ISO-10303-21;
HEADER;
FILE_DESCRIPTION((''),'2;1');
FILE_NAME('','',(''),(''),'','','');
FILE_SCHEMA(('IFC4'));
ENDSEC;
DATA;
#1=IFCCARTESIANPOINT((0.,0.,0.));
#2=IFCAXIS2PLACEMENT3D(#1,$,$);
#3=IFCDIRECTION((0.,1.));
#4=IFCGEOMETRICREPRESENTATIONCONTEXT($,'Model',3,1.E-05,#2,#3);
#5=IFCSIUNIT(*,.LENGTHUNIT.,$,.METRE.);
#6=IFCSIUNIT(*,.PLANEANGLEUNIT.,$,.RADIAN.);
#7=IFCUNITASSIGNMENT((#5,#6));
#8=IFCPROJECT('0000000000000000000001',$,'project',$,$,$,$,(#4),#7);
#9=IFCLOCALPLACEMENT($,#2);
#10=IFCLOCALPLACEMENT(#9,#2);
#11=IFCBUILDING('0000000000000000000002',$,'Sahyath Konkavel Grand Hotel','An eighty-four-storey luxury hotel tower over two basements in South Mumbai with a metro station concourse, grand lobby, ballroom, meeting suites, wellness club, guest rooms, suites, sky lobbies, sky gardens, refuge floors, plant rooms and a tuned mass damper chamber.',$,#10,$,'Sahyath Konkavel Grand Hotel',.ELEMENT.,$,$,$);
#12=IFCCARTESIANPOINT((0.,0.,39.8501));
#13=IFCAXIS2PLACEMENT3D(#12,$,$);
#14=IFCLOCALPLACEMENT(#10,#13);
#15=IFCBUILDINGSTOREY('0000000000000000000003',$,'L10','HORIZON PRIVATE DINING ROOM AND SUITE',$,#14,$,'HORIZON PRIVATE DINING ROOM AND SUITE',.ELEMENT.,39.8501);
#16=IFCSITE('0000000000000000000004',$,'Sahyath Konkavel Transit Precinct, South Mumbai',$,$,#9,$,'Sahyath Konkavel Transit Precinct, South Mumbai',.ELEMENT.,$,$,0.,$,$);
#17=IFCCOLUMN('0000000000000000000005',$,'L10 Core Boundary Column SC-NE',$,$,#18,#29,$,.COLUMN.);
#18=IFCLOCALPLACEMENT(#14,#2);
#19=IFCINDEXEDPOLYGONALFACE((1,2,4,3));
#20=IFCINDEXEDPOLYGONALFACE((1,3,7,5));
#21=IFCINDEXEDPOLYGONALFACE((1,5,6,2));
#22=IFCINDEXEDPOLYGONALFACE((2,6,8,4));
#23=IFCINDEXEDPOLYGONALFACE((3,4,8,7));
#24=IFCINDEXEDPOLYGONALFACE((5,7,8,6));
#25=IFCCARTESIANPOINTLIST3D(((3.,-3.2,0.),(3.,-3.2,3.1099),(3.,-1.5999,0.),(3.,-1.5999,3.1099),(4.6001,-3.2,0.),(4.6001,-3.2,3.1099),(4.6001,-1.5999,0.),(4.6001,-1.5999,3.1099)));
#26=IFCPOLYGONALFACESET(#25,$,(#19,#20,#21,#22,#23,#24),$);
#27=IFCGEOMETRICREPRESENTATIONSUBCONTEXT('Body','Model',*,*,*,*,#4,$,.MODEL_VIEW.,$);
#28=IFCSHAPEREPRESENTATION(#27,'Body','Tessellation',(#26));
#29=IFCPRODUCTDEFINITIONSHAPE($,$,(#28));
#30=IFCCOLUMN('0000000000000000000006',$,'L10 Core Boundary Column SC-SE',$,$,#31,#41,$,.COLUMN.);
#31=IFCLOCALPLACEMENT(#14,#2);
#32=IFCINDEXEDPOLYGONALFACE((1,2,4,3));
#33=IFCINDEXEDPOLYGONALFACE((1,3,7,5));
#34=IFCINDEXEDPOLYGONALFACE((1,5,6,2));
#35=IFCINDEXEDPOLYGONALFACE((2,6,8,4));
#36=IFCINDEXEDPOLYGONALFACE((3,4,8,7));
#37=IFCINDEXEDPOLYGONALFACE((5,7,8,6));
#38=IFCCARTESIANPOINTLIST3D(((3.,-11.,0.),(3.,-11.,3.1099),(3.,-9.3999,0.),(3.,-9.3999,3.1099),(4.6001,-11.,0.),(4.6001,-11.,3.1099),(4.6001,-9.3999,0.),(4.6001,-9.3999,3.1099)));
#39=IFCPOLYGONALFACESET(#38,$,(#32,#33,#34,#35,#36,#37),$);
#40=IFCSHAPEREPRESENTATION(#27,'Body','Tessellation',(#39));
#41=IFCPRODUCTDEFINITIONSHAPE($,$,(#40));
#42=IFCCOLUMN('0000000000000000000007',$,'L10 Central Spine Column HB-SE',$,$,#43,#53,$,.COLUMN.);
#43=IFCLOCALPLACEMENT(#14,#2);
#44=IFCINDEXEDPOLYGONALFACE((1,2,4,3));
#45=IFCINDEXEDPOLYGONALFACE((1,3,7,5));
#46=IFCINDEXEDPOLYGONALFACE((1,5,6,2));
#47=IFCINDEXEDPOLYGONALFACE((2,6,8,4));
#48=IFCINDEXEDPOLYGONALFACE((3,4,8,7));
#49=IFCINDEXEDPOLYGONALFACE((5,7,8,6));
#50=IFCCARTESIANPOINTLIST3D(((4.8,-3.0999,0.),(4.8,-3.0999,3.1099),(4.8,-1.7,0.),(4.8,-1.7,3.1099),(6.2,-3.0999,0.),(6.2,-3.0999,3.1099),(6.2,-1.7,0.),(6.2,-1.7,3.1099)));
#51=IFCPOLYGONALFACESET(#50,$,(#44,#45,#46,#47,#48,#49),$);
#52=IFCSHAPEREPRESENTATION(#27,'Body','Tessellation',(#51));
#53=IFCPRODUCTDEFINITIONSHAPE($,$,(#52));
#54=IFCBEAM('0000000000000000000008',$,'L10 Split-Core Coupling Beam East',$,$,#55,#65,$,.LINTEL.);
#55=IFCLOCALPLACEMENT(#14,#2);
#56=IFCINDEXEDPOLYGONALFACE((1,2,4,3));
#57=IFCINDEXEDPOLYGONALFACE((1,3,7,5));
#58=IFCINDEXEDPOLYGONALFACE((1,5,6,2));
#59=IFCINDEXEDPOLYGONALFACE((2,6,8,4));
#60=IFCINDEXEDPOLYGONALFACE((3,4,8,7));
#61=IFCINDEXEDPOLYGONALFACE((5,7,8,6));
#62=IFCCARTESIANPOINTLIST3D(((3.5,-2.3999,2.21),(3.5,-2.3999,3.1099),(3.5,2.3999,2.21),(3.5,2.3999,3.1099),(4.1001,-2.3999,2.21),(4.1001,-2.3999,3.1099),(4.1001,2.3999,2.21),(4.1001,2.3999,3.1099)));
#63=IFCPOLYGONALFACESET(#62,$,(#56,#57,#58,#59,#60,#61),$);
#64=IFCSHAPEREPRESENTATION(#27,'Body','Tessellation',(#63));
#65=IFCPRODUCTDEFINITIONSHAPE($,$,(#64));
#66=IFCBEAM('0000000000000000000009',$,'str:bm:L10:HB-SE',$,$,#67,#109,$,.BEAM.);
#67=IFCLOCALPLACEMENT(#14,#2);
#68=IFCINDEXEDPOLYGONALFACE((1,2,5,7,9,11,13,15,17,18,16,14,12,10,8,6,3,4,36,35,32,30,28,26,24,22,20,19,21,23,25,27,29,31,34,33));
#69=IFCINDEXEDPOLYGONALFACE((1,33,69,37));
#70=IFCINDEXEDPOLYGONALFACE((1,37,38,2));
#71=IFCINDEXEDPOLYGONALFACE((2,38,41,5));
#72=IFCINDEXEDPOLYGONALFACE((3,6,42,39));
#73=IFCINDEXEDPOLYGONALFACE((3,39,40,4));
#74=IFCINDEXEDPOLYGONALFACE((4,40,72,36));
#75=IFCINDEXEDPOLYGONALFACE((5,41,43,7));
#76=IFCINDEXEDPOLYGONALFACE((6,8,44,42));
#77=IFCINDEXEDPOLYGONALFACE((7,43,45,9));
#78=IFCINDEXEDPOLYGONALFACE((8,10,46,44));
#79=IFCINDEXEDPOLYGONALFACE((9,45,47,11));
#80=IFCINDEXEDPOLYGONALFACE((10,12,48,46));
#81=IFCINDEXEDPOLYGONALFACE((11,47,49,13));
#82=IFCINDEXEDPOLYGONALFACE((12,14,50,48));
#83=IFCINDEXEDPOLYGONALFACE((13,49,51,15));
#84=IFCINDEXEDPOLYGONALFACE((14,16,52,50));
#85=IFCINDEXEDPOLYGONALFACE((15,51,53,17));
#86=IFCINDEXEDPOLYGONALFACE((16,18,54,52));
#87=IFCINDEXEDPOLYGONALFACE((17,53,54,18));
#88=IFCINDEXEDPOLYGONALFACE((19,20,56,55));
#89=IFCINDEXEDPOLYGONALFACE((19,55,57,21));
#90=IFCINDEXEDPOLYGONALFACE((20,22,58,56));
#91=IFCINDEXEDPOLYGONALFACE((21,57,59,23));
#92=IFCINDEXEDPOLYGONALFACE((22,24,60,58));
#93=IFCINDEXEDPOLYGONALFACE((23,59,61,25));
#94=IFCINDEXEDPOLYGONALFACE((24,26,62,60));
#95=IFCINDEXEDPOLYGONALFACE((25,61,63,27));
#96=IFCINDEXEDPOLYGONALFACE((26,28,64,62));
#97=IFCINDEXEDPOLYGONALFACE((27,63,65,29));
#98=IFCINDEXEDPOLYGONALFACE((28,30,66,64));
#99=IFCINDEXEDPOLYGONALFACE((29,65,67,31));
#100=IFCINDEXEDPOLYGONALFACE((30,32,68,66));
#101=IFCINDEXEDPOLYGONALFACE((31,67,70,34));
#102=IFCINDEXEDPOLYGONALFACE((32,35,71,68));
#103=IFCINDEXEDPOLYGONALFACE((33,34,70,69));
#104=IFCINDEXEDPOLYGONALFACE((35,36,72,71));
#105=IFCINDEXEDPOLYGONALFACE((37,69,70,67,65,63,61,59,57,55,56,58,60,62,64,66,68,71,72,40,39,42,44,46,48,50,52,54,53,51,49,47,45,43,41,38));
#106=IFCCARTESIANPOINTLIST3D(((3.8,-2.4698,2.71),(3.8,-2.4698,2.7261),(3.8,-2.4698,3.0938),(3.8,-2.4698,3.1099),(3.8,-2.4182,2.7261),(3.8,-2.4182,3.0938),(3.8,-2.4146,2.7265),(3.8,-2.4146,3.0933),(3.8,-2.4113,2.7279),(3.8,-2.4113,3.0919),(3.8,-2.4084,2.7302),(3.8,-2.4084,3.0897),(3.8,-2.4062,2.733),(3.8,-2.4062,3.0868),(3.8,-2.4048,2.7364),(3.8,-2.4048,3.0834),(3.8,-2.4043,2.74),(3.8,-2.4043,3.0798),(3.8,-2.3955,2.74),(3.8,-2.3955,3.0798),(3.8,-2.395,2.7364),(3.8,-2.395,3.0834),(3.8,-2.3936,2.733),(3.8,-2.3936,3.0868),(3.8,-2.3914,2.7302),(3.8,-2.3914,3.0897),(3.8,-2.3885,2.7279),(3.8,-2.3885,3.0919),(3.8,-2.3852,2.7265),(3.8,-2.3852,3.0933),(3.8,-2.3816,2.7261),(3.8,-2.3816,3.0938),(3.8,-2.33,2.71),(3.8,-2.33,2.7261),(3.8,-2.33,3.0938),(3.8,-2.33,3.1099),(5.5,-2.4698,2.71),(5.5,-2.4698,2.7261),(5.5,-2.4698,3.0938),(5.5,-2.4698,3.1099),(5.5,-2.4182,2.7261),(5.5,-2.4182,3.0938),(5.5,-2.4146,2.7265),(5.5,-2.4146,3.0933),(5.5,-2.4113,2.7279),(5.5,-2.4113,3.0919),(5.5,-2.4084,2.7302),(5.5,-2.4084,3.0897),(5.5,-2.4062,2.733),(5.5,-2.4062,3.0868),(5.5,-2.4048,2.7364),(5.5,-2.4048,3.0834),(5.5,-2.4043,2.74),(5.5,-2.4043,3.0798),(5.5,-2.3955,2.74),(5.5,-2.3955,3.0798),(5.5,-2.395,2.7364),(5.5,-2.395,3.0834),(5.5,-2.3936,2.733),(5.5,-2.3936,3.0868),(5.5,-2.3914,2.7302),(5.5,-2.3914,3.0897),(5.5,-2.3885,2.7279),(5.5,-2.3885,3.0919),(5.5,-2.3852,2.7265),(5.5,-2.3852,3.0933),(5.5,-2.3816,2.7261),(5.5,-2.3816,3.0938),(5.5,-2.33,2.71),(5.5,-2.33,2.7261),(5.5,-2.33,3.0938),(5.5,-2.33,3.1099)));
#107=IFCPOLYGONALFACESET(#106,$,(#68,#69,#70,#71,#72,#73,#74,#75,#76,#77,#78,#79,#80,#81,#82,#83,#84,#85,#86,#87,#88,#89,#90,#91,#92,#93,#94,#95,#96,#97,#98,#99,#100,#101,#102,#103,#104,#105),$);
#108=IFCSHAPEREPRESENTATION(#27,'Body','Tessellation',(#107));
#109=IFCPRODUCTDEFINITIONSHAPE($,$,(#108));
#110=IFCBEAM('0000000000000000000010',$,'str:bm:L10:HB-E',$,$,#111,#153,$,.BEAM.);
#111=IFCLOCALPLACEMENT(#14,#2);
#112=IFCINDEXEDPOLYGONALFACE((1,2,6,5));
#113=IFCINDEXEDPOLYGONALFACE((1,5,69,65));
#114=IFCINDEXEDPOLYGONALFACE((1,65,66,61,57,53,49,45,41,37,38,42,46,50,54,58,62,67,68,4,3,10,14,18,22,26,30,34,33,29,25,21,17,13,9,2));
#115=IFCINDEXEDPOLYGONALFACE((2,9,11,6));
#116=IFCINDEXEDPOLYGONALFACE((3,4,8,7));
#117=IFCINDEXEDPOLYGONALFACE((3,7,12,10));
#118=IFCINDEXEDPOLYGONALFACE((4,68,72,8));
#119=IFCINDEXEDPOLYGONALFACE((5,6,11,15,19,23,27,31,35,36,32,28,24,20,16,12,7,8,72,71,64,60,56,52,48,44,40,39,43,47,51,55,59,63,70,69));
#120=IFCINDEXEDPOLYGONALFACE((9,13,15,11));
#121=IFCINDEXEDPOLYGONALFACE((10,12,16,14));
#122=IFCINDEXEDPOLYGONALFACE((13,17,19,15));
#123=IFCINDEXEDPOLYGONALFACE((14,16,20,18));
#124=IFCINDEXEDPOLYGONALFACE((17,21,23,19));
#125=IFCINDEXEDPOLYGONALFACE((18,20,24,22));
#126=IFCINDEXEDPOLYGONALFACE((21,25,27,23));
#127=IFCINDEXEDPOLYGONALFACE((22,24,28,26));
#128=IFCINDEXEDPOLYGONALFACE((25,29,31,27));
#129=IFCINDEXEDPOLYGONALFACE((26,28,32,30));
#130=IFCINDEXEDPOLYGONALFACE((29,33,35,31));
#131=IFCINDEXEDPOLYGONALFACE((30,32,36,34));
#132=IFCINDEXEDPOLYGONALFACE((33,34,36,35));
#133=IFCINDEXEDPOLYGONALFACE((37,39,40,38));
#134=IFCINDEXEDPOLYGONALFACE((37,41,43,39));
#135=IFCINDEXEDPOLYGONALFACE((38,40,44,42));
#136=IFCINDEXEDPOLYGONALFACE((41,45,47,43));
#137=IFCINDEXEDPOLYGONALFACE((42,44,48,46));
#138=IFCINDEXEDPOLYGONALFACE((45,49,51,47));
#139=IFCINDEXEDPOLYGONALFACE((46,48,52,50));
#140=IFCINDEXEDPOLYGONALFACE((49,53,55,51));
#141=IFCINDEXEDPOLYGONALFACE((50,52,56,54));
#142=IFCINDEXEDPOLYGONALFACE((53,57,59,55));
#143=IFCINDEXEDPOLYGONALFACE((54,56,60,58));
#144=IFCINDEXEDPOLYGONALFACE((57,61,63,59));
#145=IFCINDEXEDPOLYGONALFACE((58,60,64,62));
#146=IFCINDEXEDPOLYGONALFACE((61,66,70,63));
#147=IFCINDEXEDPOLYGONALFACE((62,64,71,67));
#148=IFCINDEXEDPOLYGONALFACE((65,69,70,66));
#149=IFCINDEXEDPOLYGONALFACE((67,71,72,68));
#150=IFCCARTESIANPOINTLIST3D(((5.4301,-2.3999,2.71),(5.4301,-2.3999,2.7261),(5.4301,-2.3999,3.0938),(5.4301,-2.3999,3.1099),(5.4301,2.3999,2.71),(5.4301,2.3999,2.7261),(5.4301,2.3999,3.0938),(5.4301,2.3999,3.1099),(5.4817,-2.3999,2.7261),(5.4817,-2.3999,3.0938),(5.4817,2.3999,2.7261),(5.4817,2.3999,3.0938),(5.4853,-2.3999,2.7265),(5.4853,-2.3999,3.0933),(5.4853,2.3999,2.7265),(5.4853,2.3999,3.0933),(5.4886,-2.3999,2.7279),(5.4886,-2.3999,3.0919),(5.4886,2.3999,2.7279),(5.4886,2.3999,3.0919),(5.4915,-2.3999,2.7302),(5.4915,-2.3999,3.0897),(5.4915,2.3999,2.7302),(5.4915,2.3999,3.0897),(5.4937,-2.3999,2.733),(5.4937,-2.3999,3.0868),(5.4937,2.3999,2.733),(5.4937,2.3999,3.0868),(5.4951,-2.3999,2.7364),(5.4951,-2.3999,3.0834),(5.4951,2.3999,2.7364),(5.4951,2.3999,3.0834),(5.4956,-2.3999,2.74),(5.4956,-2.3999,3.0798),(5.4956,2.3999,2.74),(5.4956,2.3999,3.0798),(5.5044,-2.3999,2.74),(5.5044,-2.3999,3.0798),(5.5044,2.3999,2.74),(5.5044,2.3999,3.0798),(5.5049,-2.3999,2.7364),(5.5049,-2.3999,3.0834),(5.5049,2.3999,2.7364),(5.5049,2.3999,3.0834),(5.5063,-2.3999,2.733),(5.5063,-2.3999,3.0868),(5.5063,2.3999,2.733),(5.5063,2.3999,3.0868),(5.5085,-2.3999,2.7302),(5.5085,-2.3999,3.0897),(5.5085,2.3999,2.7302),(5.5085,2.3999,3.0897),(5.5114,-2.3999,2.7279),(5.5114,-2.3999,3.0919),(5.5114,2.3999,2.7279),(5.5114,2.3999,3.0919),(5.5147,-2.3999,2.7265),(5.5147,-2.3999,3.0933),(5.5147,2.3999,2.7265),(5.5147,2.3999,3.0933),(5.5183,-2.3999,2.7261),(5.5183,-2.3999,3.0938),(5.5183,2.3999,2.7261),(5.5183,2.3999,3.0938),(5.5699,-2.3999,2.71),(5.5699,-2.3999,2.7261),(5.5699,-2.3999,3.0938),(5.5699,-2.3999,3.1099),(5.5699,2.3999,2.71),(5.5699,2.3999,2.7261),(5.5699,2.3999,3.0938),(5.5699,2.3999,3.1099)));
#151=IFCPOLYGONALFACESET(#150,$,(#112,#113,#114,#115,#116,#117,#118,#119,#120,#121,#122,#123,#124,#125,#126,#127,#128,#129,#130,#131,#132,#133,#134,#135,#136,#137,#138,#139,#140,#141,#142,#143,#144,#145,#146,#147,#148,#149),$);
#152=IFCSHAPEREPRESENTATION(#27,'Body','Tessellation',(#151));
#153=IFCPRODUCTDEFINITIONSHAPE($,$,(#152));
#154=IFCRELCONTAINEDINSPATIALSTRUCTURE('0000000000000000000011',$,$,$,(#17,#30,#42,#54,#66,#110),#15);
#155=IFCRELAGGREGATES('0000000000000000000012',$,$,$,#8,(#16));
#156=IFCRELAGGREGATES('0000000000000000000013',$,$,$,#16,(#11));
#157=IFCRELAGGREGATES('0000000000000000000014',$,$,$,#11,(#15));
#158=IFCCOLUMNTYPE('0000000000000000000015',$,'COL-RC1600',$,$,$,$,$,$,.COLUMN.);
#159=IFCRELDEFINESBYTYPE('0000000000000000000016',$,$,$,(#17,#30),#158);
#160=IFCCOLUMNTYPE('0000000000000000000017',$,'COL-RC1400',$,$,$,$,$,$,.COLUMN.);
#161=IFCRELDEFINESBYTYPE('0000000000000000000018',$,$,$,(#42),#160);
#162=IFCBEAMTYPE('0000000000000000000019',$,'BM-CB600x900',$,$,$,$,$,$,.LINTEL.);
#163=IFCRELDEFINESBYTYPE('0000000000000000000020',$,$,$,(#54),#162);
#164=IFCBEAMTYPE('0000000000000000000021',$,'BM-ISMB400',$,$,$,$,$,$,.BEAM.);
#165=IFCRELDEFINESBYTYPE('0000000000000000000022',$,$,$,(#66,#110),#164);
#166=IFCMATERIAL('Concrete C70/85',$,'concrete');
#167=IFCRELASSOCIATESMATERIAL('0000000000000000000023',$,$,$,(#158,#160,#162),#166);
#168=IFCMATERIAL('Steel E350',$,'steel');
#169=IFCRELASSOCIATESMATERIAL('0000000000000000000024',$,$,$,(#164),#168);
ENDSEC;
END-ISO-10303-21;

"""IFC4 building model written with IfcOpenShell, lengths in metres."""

from ifc_helpers import new_model, si_unit, direction, frame, origin, origin_2d, place, context, subcontext, project, spatial, rectangle, i_section, extrude, source, transform, mapped, material, material_profile, profile_set, type_object, element, save


model = new_model("IFC4")

# Units and contexts
model_context = context("Model", 3, precision=1e-05, world=origin(), true_north=direction((0.0, 1.0)))
body_context = subcontext(model_context, "Body", "Model", "MODEL_VIEW")
ifc_project = project(units=[si_unit("LENGTHUNIT", "METRE"), si_unit("PLANEANGLEUNIT", "RADIAN")], contexts=[model_context])

# Site, building, storey
site_placement = place(None, origin())
site = spatial("IfcSite", under=ifc_project, at=site_placement, Name="Sahyath Konkavel Transit Precinct, South Mumbai", LongName="Sahyath Konkavel Transit Precinct, South Mumbai", CompositionType="ELEMENT", RefElevation=0.0)
building_placement = place(site_placement, origin())
building = spatial("IfcBuilding", under=site, at=building_placement, Name="Sahyath Konkavel Grand Hotel", Description="An eighty-four-storey luxury hotel tower over two basements in South Mumbai with a metro station concourse, grand lobby, ballroom, meeting suites, wellness club, guest rooms, suites, sky lobbies, sky gardens, refuge floors, plant rooms and a tuned mass damper chamber.", LongName="Sahyath Konkavel Grand Hotel", CompositionType="ELEMENT")
storey_placement = place(building_placement, frame((0.0, 0.0, 39.8501)))
storey = spatial("IfcBuildingStorey", under=building, at=storey_placement, Name="L10", Description="HORIZON PRIVATE DINING ROOM AND SUITE", LongName="HORIZON PRIVATE DINING ROOM AND SUITE", CompositionType="ELEMENT", Elevation=39.8501)

# Columns
ifc_material_1 = material(Name="Concrete C70/85", Category="concrete")
ifc_material_profile_1 = material_profile(ifc_material_1, rectangle(XDim=1.6001, YDim=1.6001, at=origin_2d()), Name="RC 1600x1600")
ifc_profile_set_1 = profile_set([ifc_material_profile_1], Name="Concrete C70/85")
column_type_1 = type_object("IfcColumnType", Name="COL-RC1600", PredefinedType="COLUMN", material=ifc_profile_set_1)
shared_shape_1 = source(origin(), body_context, "Body", "SweptSolid", [
    extrude(rectangle(XDim=1.6001, YDim=1.6001, at=origin_2d()), origin(), (0.0, 0.0, 1.0), 3.1099),
])
for number, where, z_axis, x_axis, name in (
    (1, (3.8, -2.3999, 0.0), (0.0, 0.0, 1.0), (1.0, 0.0, 0.0), "L10 Core Boundary Column SC-NE"),
    (2, (3.8, -10.2, 0.0), (0.0, 0.0, 1.0), (1.0, 0.0, 0.0), "L10 Core Boundary Column SC-SE"),
):
    element("IfcColumn", number, at=place(storey_placement, frame(where, z_axis=z_axis, x_axis=x_axis)), inside=storey, type_object=column_type_1, Name=name, PredefinedType="COLUMN", context=body_context, shape_type="MappedRepresentation", body=[
        mapped(shared_shape_1, transform((0.0, 0.0, 0.0), scale=1.0)),
    ])
ifc_material_profile_2 = material_profile(ifc_material_1, rectangle(XDim=1.3999, YDim=1.3999, at=origin_2d()), Name="RC 1400x1400")
ifc_profile_set_2 = profile_set([ifc_material_profile_2], Name="Concrete C70/85")
column_type_2 = type_object("IfcColumnType", Name="COL-RC1400", PredefinedType="COLUMN", material=ifc_profile_set_2)
shared_shape_2 = source(origin(), body_context, "Body", "SweptSolid", [
    extrude(rectangle(XDim=1.3999, YDim=1.3999, at=origin_2d()), origin(), (0.0, 0.0, 1.0), 3.1099),
])
column_placement = place(storey_placement, frame((5.5, -2.3999, 0.0), z_axis=(0.0, 0.0, 1.0), x_axis=(1.0, 0.0, 0.0)))
element("IfcColumn", 3, at=column_placement, inside=storey, type_object=column_type_2, Name="L10 Central Spine Column HB-SE", PredefinedType="COLUMN", context=body_context, shape_type="MappedRepresentation", body=[
    mapped(shared_shape_2, transform((0.0, 0.0, 0.0), scale=1.0)),
])

# Beams
ifc_material_profile_3 = material_profile(ifc_material_1, rectangle(XDim=0.6001, YDim=0.8999, at=origin_2d()), Name="RC 600x900")
ifc_profile_set_3 = profile_set([ifc_material_profile_3], Name="Concrete C70/85")
beam_type_1 = type_object("IfcBeamType", Name="BM-CB600x900", PredefinedType="LINTEL", material=ifc_profile_set_3)
shared_shape_3 = source(origin(), body_context, "Body", "SweptSolid", [
    extrude(rectangle(XDim=0.6001, YDim=0.8999, at=origin_2d()), origin(), (0.0, 0.0, 1.0), 4.7998),
])
beam_1_placement = place(storey_placement, frame((3.8, -2.3999, 2.6599), z_axis=(0.0, 1.0, 0.0), x_axis=(-1.0, 0.0, 0.0)))
element("IfcBeam", 4, at=beam_1_placement, inside=storey, type_object=beam_type_1, Name="L10 Split-Core Coupling Beam East", PredefinedType="LINTEL", context=body_context, shape_type="MappedRepresentation", body=[
    mapped(shared_shape_3, transform((0.0, 0.0, 0.0), scale=1.0)),
])
ifc_material_2 = material(Name="Steel E350", Category="steel")
ifc_material_profile_4 = material_profile(ifc_material_2, i_section(OverallWidth=0.1399, OverallDepth=0.3999, WebThickness=0.0088, FlangeThickness=0.0161, FilletRadius=0.0139, at=origin_2d()), Name="ISMB 400")
ifc_profile_set_4 = profile_set([ifc_material_profile_4], Name="Steel E350")
beam_type_2 = type_object("IfcBeamType", Name="BM-ISMB400", PredefinedType="BEAM", material=ifc_profile_set_4)
shared_shape_4 = source(origin(), body_context, "Body", "SweptSolid", [
    extrude(i_section(OverallWidth=0.1399, OverallDepth=0.3999, WebThickness=0.0088, FlangeThickness=0.0161, FilletRadius=0.0139, at=origin_2d()), origin(), (0.0, 0.0, 1.0), 1.7),
])
beam_2_placement = place(storey_placement, frame((3.8, -2.3999, 2.9099), z_axis=(1.0, 0.0, 0.0), x_axis=(0.0, 1.0, 0.0)))
element("IfcBeam", 5, at=beam_2_placement, inside=storey, type_object=beam_type_2, Name="str:bm:L10:HB-SE", PredefinedType="BEAM", context=body_context, shape_type="MappedRepresentation", body=[
    mapped(shared_shape_4, transform((0.0, 0.0, 0.0), scale=1.0)),
])
shared_shape_5 = source(origin(), body_context, "Body", "SweptSolid", [
    extrude(i_section(OverallWidth=0.1399, OverallDepth=0.3999, WebThickness=0.0088, FlangeThickness=0.0161, FilletRadius=0.0139, at=origin_2d()), origin(), (0.0, 0.0, 1.0), 4.7998),
])
beam_3_placement = place(storey_placement, frame((5.5, -2.3999, 2.9099), z_axis=(0.0, 1.0, 0.0), x_axis=(-1.0, 0.0, 0.0)))
element("IfcBeam", 6, at=beam_3_placement, inside=storey, type_object=beam_type_2, Name="str:bm:L10:HB-E", PredefinedType="BEAM", context=body_context, shape_type="MappedRepresentation", body=[
    mapped(shared_shape_5, transform((0.0, 0.0, 0.0), scale=1.0)),
])

save(model, "model.ifc")
